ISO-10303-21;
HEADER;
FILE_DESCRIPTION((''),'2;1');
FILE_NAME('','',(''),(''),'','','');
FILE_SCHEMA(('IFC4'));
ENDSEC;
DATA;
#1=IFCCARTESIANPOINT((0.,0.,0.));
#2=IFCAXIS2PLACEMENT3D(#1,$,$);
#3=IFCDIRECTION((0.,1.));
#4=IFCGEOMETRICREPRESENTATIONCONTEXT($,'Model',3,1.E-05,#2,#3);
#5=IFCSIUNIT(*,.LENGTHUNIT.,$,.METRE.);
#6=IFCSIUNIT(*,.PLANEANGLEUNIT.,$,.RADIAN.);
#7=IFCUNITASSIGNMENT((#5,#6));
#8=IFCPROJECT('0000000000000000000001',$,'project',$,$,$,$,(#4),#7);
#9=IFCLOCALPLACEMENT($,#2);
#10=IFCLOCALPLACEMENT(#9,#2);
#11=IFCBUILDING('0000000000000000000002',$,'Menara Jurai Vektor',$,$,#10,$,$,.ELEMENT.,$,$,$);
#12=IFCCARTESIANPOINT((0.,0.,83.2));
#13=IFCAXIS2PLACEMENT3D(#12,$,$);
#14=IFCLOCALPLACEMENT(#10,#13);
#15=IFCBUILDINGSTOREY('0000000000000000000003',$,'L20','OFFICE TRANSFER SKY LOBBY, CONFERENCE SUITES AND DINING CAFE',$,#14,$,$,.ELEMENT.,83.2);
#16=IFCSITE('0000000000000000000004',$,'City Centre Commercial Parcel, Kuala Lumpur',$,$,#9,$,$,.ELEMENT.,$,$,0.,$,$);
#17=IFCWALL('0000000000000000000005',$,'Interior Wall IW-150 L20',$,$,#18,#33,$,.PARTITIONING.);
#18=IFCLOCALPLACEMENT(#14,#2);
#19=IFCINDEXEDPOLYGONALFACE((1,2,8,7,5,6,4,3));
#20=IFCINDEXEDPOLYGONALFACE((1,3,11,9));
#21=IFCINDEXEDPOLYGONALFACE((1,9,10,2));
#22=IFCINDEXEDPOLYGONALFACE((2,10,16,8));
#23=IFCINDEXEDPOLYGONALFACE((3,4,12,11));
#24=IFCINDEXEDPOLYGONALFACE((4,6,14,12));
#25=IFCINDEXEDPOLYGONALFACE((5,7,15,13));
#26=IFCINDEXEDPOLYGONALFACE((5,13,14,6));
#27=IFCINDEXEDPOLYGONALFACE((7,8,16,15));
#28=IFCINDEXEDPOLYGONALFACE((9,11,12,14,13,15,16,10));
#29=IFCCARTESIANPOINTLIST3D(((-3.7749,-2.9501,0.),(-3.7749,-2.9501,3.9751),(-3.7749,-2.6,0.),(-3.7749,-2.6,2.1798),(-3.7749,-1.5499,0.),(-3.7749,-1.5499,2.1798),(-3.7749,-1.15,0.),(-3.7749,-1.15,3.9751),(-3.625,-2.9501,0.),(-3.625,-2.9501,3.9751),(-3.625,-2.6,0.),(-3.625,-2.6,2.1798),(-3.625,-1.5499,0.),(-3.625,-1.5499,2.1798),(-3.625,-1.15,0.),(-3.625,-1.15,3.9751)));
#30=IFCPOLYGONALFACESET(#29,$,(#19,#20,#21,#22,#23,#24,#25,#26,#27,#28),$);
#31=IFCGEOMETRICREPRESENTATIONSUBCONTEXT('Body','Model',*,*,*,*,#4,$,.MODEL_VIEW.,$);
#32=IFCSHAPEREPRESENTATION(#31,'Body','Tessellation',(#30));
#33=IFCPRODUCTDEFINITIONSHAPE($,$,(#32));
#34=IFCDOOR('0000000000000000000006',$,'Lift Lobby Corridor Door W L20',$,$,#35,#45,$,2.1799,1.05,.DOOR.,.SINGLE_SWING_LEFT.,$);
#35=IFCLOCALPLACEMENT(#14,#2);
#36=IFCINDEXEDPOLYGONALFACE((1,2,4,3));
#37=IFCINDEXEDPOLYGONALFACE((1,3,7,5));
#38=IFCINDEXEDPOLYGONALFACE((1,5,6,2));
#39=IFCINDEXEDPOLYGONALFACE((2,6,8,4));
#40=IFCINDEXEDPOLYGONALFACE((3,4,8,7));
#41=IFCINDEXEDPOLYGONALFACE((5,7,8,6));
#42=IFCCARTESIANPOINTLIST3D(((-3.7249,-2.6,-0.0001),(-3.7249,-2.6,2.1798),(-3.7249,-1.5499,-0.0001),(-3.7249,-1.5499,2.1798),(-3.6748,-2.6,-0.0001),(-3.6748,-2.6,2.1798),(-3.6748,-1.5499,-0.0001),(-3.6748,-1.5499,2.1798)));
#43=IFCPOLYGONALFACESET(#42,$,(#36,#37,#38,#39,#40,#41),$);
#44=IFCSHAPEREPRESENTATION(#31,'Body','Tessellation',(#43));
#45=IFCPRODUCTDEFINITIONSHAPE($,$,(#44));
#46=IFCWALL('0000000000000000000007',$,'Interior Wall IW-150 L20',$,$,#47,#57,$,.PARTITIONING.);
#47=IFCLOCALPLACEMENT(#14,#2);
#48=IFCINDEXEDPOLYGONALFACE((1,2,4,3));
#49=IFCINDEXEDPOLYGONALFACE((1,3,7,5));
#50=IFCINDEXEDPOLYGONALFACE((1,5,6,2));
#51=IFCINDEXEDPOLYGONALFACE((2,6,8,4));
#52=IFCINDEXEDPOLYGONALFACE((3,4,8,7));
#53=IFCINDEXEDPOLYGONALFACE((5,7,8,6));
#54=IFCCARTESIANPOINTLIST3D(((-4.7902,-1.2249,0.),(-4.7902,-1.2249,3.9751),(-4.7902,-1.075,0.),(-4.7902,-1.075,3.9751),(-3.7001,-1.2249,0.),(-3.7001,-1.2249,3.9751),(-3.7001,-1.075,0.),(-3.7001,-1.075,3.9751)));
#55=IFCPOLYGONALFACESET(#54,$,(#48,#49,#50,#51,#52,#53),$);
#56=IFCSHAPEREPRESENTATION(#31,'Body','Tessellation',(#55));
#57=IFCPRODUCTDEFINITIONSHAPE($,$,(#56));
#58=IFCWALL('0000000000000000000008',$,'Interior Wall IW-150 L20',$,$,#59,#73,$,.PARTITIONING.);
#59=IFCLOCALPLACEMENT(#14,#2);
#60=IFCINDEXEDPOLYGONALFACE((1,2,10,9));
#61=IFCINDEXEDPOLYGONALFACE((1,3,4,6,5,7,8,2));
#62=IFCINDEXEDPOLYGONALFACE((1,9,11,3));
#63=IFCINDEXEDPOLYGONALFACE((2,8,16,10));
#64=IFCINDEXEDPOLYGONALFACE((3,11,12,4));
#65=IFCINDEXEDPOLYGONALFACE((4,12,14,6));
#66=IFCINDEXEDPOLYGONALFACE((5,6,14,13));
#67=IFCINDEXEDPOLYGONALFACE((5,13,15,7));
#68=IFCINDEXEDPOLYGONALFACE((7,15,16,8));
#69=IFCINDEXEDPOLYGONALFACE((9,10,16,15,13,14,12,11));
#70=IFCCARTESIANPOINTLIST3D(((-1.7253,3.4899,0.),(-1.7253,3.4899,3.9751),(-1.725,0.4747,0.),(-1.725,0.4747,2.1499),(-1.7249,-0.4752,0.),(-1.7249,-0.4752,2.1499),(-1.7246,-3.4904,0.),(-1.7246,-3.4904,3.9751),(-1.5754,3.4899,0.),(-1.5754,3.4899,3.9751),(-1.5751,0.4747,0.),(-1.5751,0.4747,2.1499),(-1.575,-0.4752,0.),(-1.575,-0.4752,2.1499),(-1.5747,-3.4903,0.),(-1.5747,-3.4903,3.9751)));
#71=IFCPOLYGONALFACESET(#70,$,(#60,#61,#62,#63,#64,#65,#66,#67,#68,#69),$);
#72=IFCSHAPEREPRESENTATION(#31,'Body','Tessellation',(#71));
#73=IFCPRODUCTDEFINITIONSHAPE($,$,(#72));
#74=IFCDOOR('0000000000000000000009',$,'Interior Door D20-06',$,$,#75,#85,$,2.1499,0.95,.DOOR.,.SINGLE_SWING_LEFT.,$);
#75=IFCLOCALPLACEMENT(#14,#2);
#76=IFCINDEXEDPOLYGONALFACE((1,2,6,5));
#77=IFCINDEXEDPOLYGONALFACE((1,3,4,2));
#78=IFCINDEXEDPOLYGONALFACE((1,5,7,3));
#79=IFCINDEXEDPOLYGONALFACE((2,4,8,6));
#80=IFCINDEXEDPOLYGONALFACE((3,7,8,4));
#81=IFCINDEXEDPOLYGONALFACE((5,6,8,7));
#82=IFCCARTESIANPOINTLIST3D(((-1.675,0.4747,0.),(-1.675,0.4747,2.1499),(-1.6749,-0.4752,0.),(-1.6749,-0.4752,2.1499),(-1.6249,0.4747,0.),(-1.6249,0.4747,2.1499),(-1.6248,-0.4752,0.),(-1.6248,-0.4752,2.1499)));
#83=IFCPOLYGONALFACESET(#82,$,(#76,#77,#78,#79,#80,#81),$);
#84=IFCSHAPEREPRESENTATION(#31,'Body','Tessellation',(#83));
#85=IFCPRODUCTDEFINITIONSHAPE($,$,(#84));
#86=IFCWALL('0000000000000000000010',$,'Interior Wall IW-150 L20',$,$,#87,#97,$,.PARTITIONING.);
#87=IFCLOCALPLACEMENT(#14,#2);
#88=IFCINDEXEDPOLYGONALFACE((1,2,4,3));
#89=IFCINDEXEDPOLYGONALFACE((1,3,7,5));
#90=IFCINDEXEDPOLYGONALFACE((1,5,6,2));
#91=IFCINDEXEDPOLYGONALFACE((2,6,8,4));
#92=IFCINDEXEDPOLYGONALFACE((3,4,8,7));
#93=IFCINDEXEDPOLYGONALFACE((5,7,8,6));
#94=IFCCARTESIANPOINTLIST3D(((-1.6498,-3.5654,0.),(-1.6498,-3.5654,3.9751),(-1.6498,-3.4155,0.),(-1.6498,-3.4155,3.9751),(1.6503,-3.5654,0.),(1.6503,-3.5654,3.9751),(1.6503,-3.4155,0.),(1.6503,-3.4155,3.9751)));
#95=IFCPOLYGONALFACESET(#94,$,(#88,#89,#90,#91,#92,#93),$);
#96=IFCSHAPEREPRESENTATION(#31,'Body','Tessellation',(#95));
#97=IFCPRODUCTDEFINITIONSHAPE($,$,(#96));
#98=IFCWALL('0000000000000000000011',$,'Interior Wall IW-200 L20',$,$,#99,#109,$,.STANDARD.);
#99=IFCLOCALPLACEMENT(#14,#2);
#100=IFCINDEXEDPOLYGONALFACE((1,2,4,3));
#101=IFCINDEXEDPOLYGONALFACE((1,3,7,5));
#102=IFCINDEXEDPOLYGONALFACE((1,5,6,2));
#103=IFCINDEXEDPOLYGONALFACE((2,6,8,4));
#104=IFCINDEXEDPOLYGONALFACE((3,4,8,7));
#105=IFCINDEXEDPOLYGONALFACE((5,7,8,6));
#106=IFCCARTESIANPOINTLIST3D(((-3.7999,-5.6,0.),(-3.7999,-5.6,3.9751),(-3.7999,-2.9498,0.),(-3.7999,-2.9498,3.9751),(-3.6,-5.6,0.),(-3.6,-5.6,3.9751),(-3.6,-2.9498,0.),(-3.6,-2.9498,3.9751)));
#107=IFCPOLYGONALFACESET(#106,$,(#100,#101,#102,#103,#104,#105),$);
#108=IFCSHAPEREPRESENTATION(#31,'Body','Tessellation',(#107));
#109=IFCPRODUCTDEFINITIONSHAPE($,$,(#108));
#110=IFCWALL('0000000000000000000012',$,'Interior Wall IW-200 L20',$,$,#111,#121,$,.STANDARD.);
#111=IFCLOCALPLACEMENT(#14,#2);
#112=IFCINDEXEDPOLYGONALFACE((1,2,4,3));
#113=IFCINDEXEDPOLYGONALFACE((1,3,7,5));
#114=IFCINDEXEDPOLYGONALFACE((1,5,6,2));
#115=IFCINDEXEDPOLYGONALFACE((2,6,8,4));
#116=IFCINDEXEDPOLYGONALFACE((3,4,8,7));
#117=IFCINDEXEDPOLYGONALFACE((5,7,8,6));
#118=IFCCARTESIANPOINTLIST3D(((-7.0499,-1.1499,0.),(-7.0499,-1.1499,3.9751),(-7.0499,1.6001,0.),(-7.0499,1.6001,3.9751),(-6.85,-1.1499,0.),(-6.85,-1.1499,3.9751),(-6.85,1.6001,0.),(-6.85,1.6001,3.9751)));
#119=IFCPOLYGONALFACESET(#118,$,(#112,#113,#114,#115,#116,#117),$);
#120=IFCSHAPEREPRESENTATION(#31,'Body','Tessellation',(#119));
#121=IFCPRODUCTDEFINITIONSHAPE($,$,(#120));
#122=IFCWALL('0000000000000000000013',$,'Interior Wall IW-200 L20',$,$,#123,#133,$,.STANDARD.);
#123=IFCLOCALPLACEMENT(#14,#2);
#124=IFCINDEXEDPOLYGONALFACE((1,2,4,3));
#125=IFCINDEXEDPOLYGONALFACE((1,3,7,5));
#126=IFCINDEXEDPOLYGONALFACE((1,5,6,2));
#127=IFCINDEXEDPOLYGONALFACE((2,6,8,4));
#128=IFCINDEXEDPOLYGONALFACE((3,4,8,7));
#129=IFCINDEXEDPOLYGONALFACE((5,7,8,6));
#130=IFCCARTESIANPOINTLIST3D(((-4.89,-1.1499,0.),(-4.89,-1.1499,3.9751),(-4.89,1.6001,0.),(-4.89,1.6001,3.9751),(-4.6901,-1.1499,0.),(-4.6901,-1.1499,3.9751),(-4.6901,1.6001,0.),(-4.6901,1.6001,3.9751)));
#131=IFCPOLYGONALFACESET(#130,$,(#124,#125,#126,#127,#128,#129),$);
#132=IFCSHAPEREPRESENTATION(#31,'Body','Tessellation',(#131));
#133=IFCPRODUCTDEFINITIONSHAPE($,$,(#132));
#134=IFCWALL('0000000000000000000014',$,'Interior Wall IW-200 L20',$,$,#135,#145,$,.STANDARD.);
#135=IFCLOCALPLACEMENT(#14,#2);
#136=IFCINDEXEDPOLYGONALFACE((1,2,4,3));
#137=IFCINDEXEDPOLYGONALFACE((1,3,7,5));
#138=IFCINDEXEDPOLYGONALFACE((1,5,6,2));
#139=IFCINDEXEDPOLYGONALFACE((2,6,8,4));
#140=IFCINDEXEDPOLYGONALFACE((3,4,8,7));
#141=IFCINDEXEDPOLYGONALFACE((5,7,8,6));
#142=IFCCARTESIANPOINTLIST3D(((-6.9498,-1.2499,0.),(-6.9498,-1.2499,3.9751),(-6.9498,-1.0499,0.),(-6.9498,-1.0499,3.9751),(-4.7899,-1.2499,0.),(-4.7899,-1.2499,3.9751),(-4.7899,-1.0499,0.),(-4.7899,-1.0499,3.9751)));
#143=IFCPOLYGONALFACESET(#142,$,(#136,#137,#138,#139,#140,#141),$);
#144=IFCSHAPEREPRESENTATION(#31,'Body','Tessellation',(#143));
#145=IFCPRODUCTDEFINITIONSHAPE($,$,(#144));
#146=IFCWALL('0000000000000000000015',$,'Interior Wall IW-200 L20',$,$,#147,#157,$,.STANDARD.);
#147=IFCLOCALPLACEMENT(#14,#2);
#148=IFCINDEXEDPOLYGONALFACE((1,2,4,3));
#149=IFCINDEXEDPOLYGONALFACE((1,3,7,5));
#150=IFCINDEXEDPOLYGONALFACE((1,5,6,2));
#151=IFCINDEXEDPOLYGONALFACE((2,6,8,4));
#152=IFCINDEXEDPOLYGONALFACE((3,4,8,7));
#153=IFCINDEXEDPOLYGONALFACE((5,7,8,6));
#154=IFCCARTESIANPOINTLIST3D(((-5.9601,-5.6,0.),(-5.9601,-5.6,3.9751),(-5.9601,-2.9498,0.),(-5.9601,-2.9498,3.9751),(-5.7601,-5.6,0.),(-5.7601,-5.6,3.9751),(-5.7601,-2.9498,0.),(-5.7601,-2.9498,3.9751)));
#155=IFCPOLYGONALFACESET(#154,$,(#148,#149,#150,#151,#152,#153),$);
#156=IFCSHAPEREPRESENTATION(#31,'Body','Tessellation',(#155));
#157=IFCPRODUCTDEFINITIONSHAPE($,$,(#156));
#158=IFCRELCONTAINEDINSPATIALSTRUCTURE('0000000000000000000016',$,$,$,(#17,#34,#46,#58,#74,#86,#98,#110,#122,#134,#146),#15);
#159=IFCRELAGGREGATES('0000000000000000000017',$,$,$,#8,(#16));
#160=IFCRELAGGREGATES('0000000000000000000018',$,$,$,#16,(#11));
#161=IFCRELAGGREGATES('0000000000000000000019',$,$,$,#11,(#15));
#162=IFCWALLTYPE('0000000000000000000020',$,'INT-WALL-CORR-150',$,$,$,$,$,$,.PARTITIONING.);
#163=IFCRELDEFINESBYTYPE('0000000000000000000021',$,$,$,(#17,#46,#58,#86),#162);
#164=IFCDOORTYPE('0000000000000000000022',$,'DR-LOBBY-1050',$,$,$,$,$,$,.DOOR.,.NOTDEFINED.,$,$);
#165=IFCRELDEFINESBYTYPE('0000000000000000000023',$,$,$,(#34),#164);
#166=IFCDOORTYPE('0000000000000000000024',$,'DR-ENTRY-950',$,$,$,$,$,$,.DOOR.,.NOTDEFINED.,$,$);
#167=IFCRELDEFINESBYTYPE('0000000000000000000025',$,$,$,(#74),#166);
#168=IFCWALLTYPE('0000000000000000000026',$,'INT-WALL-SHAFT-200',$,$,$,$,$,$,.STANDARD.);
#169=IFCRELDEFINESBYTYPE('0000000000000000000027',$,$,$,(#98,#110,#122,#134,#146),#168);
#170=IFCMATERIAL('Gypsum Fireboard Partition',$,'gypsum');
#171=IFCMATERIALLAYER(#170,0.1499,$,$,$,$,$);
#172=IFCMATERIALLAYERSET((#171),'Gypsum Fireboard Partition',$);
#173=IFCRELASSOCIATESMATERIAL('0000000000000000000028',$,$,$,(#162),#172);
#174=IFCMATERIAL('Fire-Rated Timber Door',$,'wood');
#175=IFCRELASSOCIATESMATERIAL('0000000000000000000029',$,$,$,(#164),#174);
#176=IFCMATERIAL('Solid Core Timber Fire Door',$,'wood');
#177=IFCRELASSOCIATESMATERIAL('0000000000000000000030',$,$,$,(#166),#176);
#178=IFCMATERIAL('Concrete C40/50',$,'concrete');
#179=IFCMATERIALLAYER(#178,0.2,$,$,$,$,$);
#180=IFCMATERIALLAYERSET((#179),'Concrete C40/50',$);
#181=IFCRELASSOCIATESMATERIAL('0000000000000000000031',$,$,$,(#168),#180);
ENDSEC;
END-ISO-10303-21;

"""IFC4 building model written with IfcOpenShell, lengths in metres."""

from ifc_helpers import new_model, si_unit, direction, frame, frame_2d, origin, place, context, subcontext, project, spatial, rectangle, extrude, material, layer, layer_set, type_object, element, fill, save


model = new_model("IFC4")

# Units and contexts
model_context = context("Model", 3, precision=1e-05, world=origin(), true_north=direction((0.0, 1.0)))
body_context = subcontext(model_context, "Body", "Model", "MODEL_VIEW")
ifc_project = project(units=[si_unit("LENGTHUNIT", "METRE"), si_unit("PLANEANGLEUNIT", "RADIAN")], contexts=[model_context])

# Site, building, storey
site_placement = place(None, origin())
site = spatial("IfcSite", under=ifc_project, at=site_placement, Name="City Centre Commercial Parcel, Kuala Lumpur", CompositionType="ELEMENT", RefElevation=0.0)
building_placement = place(site_placement, origin())
building = spatial("IfcBuilding", under=site, at=building_placement, Name="Menara Jurai Vektor", CompositionType="ELEMENT")
storey_placement = place(building_placement, frame((0.0, 0.0, 83.2)))
storey = spatial("IfcBuildingStorey", under=building, at=storey_placement, Name="L20", Description="OFFICE TRANSFER SKY LOBBY, CONFERENCE SUITES AND DINING CAFE", CompositionType="ELEMENT", Elevation=83.2)

# Shared definitions
ifc_material_1 = material(Name="Concrete C40/50", Category="concrete")

# Wall, opening, door
ifc_material_2 = material(Name="Gypsum Fireboard Partition", Category="gypsum")
ifc_layer_1 = layer(ifc_material_2, 0.1499)
ifc_layer_set_1 = layer_set([ifc_layer_1], Name="Gypsum Fireboard Partition")
wall_type_1 = type_object("IfcWallType", Name="INT-WALL-CORR-150", PredefinedType="PARTITIONING", material=ifc_layer_set_1)
wall_1_placement = place(storey_placement, frame((-3.7, -2.95, 0.0), z_axis=(0.0, 0.0, 1.0), x_axis=(0.0, 1.0, 0.0)))
wall_1 = element("IfcWall", 1, at=wall_1_placement, inside=storey, type_object=wall_type_1, Name="Interior Wall IW-150 L20", PredefinedType="PARTITIONING", context=body_context, shape_type="SweptSolid", body=[
    extrude(rectangle(XDim=1.8, YDim=0.1499, at=frame_2d((0.8999, 0.0))), origin(), (0.0, 0.0, 1.0), 3.9751),
])
opening_1_placement = place(wall_1_placement, frame((0.3501, 0.0, 0.0)))
opening_1 = element("IfcOpeningElement", 2, at=opening_1_placement, cuts=wall_1, PredefinedType="OPENING", context=body_context, shape_type="SweptSolid", body=[
    extrude(rectangle(XDim=1.05, YDim=2.1799, at=frame_2d((0.5249, 1.0898))), frame((0.0, 0.085, 0.0), z_axis=(0.0, -1.0, 0.0), x_axis=(1.0, 0.0, 0.0)), (0.0, 0.0, 1.0), 0.1699),
])
ifc_material_3 = material(Name="Fire-Rated Timber Door", Category="wood")
door_type_1 = type_object("IfcDoorType", Name="DR-LOBBY-1050", OperationType="NOTDEFINED", PredefinedType="DOOR", material=ifc_material_3)
door_1_placement = place(opening_1_placement, origin())
door_1 = element("IfcDoor", 3, at=door_1_placement, inside=storey, type_object=door_type_1, Name="Lift Lobby Corridor Door W L20", OperationType="SINGLE_SWING_LEFT", OverallHeight=2.1799, OverallWidth=1.05, PredefinedType="DOOR", context=body_context, shape_type="SweptSolid", body=[
    extrude(rectangle(XDim=1.05, YDim=2.1799, at=frame_2d((0.5249, 1.0898))), frame((0.0, 0.0249, 0.0), z_axis=(0.0, -1.0, 0.0), x_axis=(1.0, 0.0, 0.0)), (0.0, 0.0, 1.0), 0.05),
])
fill(opening_1, door_1)

# Wall
wall_2_placement = place(storey_placement, frame((-4.79, -1.1499, 0.0), z_axis=(0.0, 0.0, 1.0), x_axis=(1.0, 0.0, 0.0)))
element("IfcWall", 4, at=wall_2_placement, inside=storey, type_object=wall_type_1, Name="Interior Wall IW-150 L20", PredefinedType="PARTITIONING", context=body_context, shape_type="SweptSolid", body=[
    extrude(rectangle(XDim=1.0901, YDim=0.1499, at=frame_2d((0.5449, 0.0))), origin(), (0.0, 0.0, 1.0), 3.9751),
])

# Wall, opening, door
wall_3_placement = place(storey_placement, frame((-1.6497, -3.4905, 0.0), z_axis=(0.0, 0.0, 1.0), x_axis=(-0.000105, 1.0, 0.0)))
wall_3 = element("IfcWall", 5, at=wall_3_placement, inside=storey, type_object=wall_type_1, Name="Interior Wall IW-150 L20", PredefinedType="PARTITIONING", context=body_context, shape_type="SweptSolid", body=[
    extrude(rectangle(XDim=6.9802, YDim=0.1499, at=frame_2d((3.4902, 0.0))), origin(), (0.0, 0.0, 1.0), 3.9751),
])
opening_2_placement = place(wall_3_placement, frame((3.0151, 0.0, 0.0)))
opening_2 = element("IfcOpeningElement", 6, at=opening_2_placement, cuts=wall_3, PredefinedType="OPENING", context=body_context, shape_type="SweptSolid", body=[
    extrude(rectangle(XDim=0.95, YDim=2.1499, at=frame_2d((0.4751, 1.075))), frame((0.0, 0.085, 0.0), z_axis=(0.0, -1.0, 0.0), x_axis=(1.0, 0.0, 0.0)), (0.0, 0.0, 1.0), 0.1699),
])
ifc_material_4 = material(Name="Solid Core Timber Fire Door", Category="wood")
door_type_2 = type_object("IfcDoorType", Name="DR-ENTRY-950", OperationType="NOTDEFINED", PredefinedType="DOOR", material=ifc_material_4)
door_2_placement = place(opening_2_placement, origin())
door_2 = element("IfcDoor", 7, at=door_2_placement, inside=storey, type_object=door_type_2, Name="Interior Door D20-06", OperationType="SINGLE_SWING_LEFT", OverallHeight=2.1499, OverallWidth=0.95, PredefinedType="DOOR", context=body_context, shape_type="SweptSolid", body=[
    extrude(rectangle(XDim=0.95, YDim=2.1499, at=frame_2d((0.4751, 1.075))), frame((0.0, 0.0249, 0.0), z_axis=(0.0, -1.0, 0.0), x_axis=(1.0, 0.0, 0.0)), (0.0, 0.0, 1.0), 0.05),
])
fill(opening_2, door_2)

# Wall
wall_4_placement = place(storey_placement, frame((-1.6497, -3.4905, 0.0), z_axis=(0.0, 0.0, 1.0), x_axis=(1.0, 0.0, 0.0)))
element("IfcWall", 8, at=wall_4_placement, inside=storey, type_object=wall_type_1, Name="Interior Wall IW-150 L20", PredefinedType="PARTITIONING", context=body_context, shape_type="SweptSolid", body=[
    extrude(rectangle(XDim=3.3, YDim=0.1499, at=frame_2d((1.6499, 0.0))), origin(), (0.0, 0.0, 1.0), 3.9751),
])

# Shared definitions
ifc_layer_2 = layer(ifc_material_1, 0.2)
ifc_layer_set_2 = layer_set([ifc_layer_2], Name="Concrete C40/50")
wall_type_2 = type_object("IfcWallType", Name="INT-WALL-SHAFT-200", PredefinedType="STANDARD", material=ifc_layer_set_2)

# Walls
wall_5_placement = place(storey_placement, frame((-3.7, -5.6001, 0.0), z_axis=(0.0, 0.0, 1.0), x_axis=(0.0, 1.0, 0.0)))
element("IfcWall", 9, at=wall_5_placement, inside=storey, type_object=wall_type_2, Name="Interior Wall IW-200 L20", PredefinedType="STANDARD", context=body_context, shape_type="SweptSolid", body=[
    extrude(rectangle(XDim=2.6501, YDim=0.2, at=frame_2d((1.3252, 0.0))), origin(), (0.0, 0.0, 1.0), 3.9751),
])
for number, where, z_axis, x_axis, name in (
    (10, (-6.95, -1.1499, 0.0), (0.0, 0.0, 1.0), (0.0, 1.0, 0.0), "Interior Wall IW-200 L20"),
    (11, (-4.79, -1.1499, 0.0), (0.0, 0.0, 1.0), (0.0, 1.0, 0.0), "Interior Wall IW-200 L20"),
):
    element("IfcWall", number, at=place(storey_placement, frame(where, z_axis=z_axis, x_axis=x_axis)), inside=storey, type_object=wall_type_2, Name=name, PredefinedType="STANDARD", context=body_context, shape_type="SweptSolid", body=[
        extrude(rectangle(XDim=2.75, YDim=0.2, at=frame_2d((1.375, 0.0))), origin(), (0.0, 0.0, 1.0), 3.9751),
    ])
wall_6_placement = place(storey_placement, frame((-6.95, -1.1499, 0.0), z_axis=(0.0, 0.0, 1.0), x_axis=(1.0, 0.0, 0.0)))
element("IfcWall", 12, at=wall_6_placement, inside=storey, type_object=wall_type_2, Name="Interior Wall IW-200 L20", PredefinedType="STANDARD", context=body_context, shape_type="SweptSolid", body=[
    extrude(rectangle(XDim=2.1599, YDim=0.2, at=frame_2d((1.0801, 0.0))), origin(), (0.0, 0.0, 1.0), 3.9751),
])
wall_7_placement = place(storey_placement, frame((-5.8601, -5.6001, 0.0), z_axis=(0.0, 0.0, 1.0), x_axis=(0.0, 1.0, 0.0)))
element("IfcWall", 13, at=wall_7_placement, inside=storey, type_object=wall_type_2, Name="Interior Wall IW-200 L20", PredefinedType="STANDARD", context=body_context, shape_type="SweptSolid", body=[
    extrude(rectangle(XDim=2.6501, YDim=0.2, at=frame_2d((1.3252, 0.0))), origin(), (0.0, 0.0, 1.0), 3.9751),
])

save(model, "model.ifc")
